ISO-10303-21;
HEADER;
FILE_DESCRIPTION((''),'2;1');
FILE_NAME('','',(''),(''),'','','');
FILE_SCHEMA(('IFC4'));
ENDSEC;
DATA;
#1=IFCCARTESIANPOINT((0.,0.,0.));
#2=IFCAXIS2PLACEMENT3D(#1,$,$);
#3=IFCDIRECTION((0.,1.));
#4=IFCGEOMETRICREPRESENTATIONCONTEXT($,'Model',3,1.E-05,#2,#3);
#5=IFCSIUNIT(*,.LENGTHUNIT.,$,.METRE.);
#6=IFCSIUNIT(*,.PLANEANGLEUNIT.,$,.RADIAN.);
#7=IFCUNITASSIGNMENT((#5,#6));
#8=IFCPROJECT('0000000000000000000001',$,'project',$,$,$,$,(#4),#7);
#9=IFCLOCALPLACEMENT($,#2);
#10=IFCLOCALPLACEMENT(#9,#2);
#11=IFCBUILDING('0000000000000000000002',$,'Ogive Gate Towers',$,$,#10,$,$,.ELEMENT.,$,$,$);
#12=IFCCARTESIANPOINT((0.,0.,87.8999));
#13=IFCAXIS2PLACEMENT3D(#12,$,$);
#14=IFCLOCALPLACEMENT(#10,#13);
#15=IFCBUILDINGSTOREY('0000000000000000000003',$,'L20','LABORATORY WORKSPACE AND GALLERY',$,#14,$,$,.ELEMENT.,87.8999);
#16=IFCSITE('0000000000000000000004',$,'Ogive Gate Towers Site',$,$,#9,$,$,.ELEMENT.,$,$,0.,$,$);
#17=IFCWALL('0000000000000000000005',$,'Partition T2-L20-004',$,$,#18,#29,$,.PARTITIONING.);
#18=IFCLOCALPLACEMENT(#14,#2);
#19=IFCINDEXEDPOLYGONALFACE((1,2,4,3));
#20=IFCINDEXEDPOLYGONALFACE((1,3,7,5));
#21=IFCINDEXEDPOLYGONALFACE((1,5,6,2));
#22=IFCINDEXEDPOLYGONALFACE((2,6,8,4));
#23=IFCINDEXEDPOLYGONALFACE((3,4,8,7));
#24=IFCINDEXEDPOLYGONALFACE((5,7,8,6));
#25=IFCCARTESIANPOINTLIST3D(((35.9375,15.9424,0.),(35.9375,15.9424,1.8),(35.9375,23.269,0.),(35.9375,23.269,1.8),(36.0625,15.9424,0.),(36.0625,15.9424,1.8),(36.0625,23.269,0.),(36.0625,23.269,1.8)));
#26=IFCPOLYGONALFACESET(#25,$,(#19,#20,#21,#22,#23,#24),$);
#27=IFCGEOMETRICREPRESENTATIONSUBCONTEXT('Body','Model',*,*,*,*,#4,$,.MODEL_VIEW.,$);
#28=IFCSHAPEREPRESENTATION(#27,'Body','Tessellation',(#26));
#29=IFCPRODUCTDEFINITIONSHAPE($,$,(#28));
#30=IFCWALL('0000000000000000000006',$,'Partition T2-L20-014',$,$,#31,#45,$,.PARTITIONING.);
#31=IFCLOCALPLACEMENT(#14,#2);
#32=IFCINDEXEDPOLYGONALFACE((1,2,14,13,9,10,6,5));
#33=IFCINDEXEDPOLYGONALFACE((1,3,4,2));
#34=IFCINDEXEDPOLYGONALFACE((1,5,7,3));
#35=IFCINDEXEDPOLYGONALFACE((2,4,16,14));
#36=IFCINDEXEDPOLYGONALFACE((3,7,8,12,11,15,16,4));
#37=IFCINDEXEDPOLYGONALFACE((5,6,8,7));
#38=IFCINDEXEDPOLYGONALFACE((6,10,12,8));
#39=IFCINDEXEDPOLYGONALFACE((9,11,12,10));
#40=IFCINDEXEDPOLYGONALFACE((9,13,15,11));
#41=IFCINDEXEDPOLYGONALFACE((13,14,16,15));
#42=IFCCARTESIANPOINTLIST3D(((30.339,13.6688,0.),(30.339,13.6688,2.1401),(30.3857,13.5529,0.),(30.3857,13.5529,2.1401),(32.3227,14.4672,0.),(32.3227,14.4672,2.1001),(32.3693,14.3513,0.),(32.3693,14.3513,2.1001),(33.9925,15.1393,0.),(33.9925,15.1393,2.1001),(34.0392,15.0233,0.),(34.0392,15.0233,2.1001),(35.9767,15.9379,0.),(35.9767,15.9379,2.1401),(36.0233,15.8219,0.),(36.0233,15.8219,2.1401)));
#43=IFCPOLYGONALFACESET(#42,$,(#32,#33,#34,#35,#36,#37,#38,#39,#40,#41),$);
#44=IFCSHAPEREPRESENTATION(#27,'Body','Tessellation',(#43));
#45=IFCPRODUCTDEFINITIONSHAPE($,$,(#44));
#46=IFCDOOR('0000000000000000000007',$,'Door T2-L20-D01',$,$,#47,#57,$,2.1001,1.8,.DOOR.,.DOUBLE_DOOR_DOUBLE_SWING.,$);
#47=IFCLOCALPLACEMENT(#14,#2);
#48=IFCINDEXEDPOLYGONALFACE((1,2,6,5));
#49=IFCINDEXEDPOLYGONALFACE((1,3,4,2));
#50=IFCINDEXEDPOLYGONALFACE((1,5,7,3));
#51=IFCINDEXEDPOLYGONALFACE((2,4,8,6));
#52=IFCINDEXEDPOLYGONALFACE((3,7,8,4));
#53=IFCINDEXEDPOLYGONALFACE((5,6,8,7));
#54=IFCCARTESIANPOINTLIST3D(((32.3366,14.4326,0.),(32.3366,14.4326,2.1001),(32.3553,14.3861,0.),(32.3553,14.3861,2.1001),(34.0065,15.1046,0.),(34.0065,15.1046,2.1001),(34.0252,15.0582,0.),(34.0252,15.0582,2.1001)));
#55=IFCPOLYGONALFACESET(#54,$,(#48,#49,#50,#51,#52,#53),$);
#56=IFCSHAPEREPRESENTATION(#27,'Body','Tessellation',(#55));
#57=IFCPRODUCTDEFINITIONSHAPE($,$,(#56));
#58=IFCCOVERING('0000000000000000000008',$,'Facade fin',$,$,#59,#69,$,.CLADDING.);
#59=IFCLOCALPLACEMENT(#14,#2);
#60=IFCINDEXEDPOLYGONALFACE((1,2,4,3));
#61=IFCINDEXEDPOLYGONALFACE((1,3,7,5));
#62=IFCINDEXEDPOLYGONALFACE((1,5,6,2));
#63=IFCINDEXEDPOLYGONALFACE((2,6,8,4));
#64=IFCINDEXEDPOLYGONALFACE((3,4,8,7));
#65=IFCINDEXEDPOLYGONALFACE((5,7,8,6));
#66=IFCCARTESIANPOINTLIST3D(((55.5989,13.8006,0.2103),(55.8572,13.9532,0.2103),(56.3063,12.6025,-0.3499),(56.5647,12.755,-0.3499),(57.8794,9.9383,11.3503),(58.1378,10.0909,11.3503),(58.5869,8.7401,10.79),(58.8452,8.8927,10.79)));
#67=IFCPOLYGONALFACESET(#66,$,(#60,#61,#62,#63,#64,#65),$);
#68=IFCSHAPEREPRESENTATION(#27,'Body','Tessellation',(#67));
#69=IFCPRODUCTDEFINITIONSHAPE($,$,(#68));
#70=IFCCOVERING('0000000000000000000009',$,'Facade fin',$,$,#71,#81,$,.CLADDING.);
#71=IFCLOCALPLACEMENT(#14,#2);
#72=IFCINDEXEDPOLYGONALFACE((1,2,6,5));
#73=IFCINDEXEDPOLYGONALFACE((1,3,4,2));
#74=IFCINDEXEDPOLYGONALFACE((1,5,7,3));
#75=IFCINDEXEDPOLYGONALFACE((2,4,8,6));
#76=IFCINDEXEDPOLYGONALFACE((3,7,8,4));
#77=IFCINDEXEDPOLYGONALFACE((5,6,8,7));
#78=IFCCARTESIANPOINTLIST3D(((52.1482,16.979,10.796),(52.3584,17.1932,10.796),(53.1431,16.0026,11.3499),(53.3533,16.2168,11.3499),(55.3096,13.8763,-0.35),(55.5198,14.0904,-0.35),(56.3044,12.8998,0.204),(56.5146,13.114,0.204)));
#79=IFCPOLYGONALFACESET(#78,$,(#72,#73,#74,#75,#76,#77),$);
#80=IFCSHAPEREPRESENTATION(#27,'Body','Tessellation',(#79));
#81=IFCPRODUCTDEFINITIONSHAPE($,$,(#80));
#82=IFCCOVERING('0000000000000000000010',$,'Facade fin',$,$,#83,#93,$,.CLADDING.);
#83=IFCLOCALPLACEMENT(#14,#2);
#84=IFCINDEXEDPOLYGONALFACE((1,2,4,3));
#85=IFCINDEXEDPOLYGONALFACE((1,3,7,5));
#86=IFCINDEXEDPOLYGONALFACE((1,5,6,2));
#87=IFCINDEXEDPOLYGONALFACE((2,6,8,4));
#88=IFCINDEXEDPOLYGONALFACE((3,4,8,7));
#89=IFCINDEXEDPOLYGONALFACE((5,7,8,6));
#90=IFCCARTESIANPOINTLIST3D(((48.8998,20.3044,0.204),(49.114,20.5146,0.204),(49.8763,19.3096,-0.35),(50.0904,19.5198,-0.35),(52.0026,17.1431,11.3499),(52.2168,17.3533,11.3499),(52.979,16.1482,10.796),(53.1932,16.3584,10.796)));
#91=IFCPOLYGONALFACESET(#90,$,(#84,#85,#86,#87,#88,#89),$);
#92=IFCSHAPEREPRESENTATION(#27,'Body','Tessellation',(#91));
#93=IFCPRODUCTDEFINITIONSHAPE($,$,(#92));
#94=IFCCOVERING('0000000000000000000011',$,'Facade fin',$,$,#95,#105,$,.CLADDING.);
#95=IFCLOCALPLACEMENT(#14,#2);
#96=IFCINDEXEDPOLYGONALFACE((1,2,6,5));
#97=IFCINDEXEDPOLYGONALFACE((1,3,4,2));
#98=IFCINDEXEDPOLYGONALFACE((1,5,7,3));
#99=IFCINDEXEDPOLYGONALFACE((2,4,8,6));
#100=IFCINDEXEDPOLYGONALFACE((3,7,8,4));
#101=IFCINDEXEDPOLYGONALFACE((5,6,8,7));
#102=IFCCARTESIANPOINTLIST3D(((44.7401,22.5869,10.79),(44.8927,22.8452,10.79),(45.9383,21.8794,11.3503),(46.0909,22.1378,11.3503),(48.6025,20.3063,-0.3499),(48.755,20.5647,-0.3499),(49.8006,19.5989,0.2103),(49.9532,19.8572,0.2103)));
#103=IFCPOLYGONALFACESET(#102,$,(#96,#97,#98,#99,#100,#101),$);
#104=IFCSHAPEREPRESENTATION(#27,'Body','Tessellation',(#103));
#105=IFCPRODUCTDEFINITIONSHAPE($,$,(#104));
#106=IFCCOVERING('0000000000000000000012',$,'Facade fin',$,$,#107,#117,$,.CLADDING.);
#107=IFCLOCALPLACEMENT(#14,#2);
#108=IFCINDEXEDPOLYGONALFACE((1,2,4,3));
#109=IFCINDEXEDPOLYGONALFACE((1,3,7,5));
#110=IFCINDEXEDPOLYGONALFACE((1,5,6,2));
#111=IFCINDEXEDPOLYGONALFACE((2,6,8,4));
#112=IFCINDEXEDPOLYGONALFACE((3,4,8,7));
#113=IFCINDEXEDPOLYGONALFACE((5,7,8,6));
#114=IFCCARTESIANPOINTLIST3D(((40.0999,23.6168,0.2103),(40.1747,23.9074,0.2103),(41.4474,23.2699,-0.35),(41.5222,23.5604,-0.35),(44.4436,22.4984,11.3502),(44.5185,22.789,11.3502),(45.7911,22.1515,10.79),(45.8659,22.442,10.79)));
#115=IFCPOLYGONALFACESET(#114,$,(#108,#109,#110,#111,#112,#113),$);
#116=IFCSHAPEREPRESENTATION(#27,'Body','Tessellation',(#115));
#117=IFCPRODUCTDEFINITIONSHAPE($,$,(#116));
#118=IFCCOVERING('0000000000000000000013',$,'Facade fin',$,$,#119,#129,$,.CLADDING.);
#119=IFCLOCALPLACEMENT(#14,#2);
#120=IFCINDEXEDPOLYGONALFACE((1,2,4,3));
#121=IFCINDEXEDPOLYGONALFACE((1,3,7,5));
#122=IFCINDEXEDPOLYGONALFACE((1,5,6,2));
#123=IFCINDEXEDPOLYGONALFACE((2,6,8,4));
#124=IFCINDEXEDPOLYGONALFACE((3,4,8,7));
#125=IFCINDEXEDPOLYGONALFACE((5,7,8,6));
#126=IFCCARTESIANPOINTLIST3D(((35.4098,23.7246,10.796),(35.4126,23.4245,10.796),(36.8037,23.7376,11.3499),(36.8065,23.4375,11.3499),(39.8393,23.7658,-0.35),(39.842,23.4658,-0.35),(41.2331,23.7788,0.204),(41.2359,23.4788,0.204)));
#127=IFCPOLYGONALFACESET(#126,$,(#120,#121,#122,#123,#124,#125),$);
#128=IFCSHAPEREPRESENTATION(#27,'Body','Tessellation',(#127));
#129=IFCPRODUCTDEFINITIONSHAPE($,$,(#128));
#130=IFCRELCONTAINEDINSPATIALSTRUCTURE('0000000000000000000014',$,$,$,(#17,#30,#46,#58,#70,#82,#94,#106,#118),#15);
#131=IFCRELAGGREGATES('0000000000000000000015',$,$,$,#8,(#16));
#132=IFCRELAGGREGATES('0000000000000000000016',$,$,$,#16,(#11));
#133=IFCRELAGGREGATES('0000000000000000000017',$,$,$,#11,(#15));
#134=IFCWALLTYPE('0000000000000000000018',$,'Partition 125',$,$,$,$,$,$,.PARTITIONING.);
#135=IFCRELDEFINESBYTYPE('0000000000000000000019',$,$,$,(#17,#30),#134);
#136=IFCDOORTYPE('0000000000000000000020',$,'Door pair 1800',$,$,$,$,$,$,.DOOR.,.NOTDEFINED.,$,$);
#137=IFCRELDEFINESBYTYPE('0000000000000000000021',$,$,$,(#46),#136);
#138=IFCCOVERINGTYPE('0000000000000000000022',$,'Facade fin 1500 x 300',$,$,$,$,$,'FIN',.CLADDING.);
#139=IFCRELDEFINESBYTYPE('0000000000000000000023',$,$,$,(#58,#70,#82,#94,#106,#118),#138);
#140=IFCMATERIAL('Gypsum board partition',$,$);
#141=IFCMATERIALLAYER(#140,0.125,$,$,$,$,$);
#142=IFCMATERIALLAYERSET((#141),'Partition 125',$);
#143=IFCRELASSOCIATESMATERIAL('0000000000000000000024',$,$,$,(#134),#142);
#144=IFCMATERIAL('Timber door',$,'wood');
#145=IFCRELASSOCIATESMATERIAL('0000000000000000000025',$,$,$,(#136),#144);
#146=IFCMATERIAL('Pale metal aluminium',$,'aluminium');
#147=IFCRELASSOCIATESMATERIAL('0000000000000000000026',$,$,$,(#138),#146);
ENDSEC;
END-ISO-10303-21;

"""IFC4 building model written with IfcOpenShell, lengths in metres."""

from ifc_helpers import new_model, si_unit, direction, frame, frame_2d, origin, origin_2d, place, context, subcontext, project, spatial, rectangle, extrude, material, layer, layer_set, material_profile, profile_set, type_object, element, fill, save


model = new_model("IFC4")

# Units and contexts
model_context = context("Model", 3, precision=1e-05, world=origin(), true_north=direction((0.0, 1.0)))
body_context = subcontext(model_context, "Body", "Model", "MODEL_VIEW")
ifc_project = project(units=[si_unit("LENGTHUNIT", "METRE"), si_unit("PLANEANGLEUNIT", "RADIAN")], contexts=[model_context])

# Site, building, storey
site_placement = place(None, origin())
site = spatial("IfcSite", under=ifc_project, at=site_placement, Name="Ogive Gate Towers Site", CompositionType="ELEMENT", RefElevation=0.0)
building_placement = place(site_placement, origin())
building = spatial("IfcBuilding", under=site, at=building_placement, Name="Ogive Gate Towers", CompositionType="ELEMENT")
storey_placement = place(building_placement, frame((0.0, 0.0, 87.8999)))
storey = spatial("IfcBuildingStorey", under=building, at=storey_placement, Name="L20", Description="LABORATORY WORKSPACE AND GALLERY", CompositionType="ELEMENT", Elevation=87.8999)

# Shared definitions
ifc_material_1 = material(Name="Pale metal aluminium", Category="aluminium")

# Wall
ifc_material_2 = material(Name="Gypsum board partition")
ifc_layer_1 = layer(ifc_material_2, 0.125)
ifc_layer_set_1 = layer_set([ifc_layer_1], Name="Partition 125")
wall_type = type_object("IfcWallType", Name="Partition 125", PredefinedType="PARTITIONING", material=ifc_layer_set_1)
wall_1_placement = place(storey_placement, frame((36.0, 23.269, 0.0), z_axis=(0.0, 0.0, 1.0), x_axis=(0.0, -1.0, 0.0)))
element("IfcWall", 1, at=wall_1_placement, inside=storey, type_object=wall_type, Name="Partition T2-L20-004", PredefinedType="PARTITIONING", context=body_context, shape_type="SweptSolid", body=[
    extrude(rectangle(XDim=7.3267, YDim=0.125, at=frame_2d((3.6633, 0.0))), origin(), (0.0, 0.0, 1.0), 1.8),
])

# Wall, opening, door
wall_2_placement = place(storey_placement, frame((36.0, 15.8799, 0.0), z_axis=(0.0, 0.0, 1.0), x_axis=(-0.927682, -0.373371, 0.0)))
wall_2 = element("IfcWall", 2, at=wall_2_placement, inside=storey, type_object=wall_type, Name="Partition T2-L20-014", PredefinedType="PARTITIONING", context=body_context, shape_type="SweptSolid", body=[
    extrude(rectangle(XDim=6.0771, YDim=0.125, at=frame_2d((3.0386, 0.0))), origin(), (0.0, 0.0, 1.0), 2.1401),
])
opening_placement = place(wall_2_placement, frame((2.1389, 0.0, 0.0)))
opening = element("IfcOpeningElement", 3, at=opening_placement, cuts=wall_2, PredefinedType="OPENING", context=body_context, shape_type="SweptSolid", body=[
    extrude(rectangle(XDim=1.8, YDim=2.1001, at=frame_2d((0.8999, 1.05))), frame((0.0, 0.0725, 0.0), z_axis=(0.0, -1.0, 0.0), x_axis=(1.0, 0.0, 0.0)), (0.0, 0.0, 1.0), 0.145),
])
ifc_material_3 = material(Name="Timber door", Category="wood")
door_type = type_object("IfcDoorType", Name="Door pair 1800", OperationType="NOTDEFINED", PredefinedType="DOOR", material=ifc_material_3)
door_placement = place(opening_placement, origin())
door = element("IfcDoor", 4, at=door_placement, inside=storey, type_object=door_type, Name="Door T2-L20-D01", OperationType="DOUBLE_DOOR_DOUBLE_SWING", OverallHeight=2.1001, OverallWidth=1.8, PredefinedType="DOOR", context=body_context, shape_type="SweptSolid", body=[
    extrude(rectangle(XDim=1.8, YDim=2.1001, at=frame_2d((0.8999, 1.05))), frame((0.0, 0.0249, 0.0), z_axis=(0.0, -1.0, 0.0), x_axis=(1.0, 0.0, 0.0)), (0.0, 0.0, 1.0), 0.05),
])
fill(opening, door)

# Coverings
ifc_material_profile_1 = material_profile(ifc_material_1, rectangle(XDim=0.3, YDim=1.5, at=origin_2d()), Name="1500 x 300 pale metal aluminium")
ifc_profile_set_1 = profile_set([ifc_material_profile_1], Name="Pale metal aluminium")
covering_type = type_object("IfcCoveringType", Name="Facade fin 1500 x 300", ElementType="FIN", PredefinedType="CLADDING", material=ifc_profile_set_1)
covering_1_placement = place(storey_placement, frame((56.0818, 13.2778, -0.0698), z_axis=(0.189901, -0.321618, 0.927631), x_axis=(0.861098, 0.50844, 0.0)))
element("IfcCovering", 5, at=covering_1_placement, inside=storey, type_object=covering_type, Name="Facade fin", PredefinedType="CLADDING", context=body_context, shape_type="SweptSolid", body=[
    extrude(rectangle(XDim=0.3, YDim=1.5, at=origin_2d()), origin(), (0.0, 0.0, 1.0), 12.009),
])
for number, where, z_axis, x_axis, name in (
    (6, (55.9121, 13.4951, -0.073), (-0.263581, 0.258696, 0.929302), (-0.700462, -0.71369, 0.0), "Facade fin"),
    (7, (49.4951, 19.9121, -0.073), (0.258696, -0.263581, 0.929302), (0.71369, 0.700462, 0.0), "Facade fin"),
):
    element("IfcCovering", number, at=place(storey_placement, frame(where, z_axis=z_axis, x_axis=x_axis)), inside=storey, type_object=covering_type, Name=name, PredefinedType="CLADDING", context=body_context, shape_type="SweptSolid", body=[
        extrude(rectangle(XDim=0.3, YDim=1.5, at=origin_2d()), origin(), (0.0, 0.0, 1.0), 11.9939),
    ])
for number, where, z_axis, x_axis, name in (
    (8, (49.2778, 20.0818, -0.0698), (-0.321618, 0.189901, 0.927631), (-0.50844, -0.861098, 0.0), "Facade fin"),
    (9, (40.811, 23.5886, -0.0698), (0.361708, -0.093131, 0.927628), (0.249343, 0.968415, 0.0), "Facade fin"),
):
    element("IfcCovering", number, at=place(storey_placement, frame(where, z_axis=z_axis, x_axis=x_axis)), inside=storey, type_object=covering_type, Name=name, PredefinedType="CLADDING", context=body_context, shape_type="SweptSolid", body=[
        extrude(rectangle(XDim=0.3, YDim=1.5, at=origin_2d()), origin(), (0.0, 0.0, 1.0), 12.009),
    ])
covering_2_placement = place(storey_placement, frame((40.5376, 23.6223, -0.073), z_axis=(-0.369306, -0.00344, 0.929301), x_axis=(0.009314, -0.999957, 0.0)))
element("IfcCovering", 10, at=covering_2_placement, inside=storey, type_object=covering_type, Name="Facade fin", PredefinedType="CLADDING", context=body_context, shape_type="SweptSolid", body=[
    extrude(rectangle(XDim=0.3, YDim=1.5, at=origin_2d()), origin(), (0.0, 0.0, 1.0), 11.9939),
])

save(model, "model.ifc")
